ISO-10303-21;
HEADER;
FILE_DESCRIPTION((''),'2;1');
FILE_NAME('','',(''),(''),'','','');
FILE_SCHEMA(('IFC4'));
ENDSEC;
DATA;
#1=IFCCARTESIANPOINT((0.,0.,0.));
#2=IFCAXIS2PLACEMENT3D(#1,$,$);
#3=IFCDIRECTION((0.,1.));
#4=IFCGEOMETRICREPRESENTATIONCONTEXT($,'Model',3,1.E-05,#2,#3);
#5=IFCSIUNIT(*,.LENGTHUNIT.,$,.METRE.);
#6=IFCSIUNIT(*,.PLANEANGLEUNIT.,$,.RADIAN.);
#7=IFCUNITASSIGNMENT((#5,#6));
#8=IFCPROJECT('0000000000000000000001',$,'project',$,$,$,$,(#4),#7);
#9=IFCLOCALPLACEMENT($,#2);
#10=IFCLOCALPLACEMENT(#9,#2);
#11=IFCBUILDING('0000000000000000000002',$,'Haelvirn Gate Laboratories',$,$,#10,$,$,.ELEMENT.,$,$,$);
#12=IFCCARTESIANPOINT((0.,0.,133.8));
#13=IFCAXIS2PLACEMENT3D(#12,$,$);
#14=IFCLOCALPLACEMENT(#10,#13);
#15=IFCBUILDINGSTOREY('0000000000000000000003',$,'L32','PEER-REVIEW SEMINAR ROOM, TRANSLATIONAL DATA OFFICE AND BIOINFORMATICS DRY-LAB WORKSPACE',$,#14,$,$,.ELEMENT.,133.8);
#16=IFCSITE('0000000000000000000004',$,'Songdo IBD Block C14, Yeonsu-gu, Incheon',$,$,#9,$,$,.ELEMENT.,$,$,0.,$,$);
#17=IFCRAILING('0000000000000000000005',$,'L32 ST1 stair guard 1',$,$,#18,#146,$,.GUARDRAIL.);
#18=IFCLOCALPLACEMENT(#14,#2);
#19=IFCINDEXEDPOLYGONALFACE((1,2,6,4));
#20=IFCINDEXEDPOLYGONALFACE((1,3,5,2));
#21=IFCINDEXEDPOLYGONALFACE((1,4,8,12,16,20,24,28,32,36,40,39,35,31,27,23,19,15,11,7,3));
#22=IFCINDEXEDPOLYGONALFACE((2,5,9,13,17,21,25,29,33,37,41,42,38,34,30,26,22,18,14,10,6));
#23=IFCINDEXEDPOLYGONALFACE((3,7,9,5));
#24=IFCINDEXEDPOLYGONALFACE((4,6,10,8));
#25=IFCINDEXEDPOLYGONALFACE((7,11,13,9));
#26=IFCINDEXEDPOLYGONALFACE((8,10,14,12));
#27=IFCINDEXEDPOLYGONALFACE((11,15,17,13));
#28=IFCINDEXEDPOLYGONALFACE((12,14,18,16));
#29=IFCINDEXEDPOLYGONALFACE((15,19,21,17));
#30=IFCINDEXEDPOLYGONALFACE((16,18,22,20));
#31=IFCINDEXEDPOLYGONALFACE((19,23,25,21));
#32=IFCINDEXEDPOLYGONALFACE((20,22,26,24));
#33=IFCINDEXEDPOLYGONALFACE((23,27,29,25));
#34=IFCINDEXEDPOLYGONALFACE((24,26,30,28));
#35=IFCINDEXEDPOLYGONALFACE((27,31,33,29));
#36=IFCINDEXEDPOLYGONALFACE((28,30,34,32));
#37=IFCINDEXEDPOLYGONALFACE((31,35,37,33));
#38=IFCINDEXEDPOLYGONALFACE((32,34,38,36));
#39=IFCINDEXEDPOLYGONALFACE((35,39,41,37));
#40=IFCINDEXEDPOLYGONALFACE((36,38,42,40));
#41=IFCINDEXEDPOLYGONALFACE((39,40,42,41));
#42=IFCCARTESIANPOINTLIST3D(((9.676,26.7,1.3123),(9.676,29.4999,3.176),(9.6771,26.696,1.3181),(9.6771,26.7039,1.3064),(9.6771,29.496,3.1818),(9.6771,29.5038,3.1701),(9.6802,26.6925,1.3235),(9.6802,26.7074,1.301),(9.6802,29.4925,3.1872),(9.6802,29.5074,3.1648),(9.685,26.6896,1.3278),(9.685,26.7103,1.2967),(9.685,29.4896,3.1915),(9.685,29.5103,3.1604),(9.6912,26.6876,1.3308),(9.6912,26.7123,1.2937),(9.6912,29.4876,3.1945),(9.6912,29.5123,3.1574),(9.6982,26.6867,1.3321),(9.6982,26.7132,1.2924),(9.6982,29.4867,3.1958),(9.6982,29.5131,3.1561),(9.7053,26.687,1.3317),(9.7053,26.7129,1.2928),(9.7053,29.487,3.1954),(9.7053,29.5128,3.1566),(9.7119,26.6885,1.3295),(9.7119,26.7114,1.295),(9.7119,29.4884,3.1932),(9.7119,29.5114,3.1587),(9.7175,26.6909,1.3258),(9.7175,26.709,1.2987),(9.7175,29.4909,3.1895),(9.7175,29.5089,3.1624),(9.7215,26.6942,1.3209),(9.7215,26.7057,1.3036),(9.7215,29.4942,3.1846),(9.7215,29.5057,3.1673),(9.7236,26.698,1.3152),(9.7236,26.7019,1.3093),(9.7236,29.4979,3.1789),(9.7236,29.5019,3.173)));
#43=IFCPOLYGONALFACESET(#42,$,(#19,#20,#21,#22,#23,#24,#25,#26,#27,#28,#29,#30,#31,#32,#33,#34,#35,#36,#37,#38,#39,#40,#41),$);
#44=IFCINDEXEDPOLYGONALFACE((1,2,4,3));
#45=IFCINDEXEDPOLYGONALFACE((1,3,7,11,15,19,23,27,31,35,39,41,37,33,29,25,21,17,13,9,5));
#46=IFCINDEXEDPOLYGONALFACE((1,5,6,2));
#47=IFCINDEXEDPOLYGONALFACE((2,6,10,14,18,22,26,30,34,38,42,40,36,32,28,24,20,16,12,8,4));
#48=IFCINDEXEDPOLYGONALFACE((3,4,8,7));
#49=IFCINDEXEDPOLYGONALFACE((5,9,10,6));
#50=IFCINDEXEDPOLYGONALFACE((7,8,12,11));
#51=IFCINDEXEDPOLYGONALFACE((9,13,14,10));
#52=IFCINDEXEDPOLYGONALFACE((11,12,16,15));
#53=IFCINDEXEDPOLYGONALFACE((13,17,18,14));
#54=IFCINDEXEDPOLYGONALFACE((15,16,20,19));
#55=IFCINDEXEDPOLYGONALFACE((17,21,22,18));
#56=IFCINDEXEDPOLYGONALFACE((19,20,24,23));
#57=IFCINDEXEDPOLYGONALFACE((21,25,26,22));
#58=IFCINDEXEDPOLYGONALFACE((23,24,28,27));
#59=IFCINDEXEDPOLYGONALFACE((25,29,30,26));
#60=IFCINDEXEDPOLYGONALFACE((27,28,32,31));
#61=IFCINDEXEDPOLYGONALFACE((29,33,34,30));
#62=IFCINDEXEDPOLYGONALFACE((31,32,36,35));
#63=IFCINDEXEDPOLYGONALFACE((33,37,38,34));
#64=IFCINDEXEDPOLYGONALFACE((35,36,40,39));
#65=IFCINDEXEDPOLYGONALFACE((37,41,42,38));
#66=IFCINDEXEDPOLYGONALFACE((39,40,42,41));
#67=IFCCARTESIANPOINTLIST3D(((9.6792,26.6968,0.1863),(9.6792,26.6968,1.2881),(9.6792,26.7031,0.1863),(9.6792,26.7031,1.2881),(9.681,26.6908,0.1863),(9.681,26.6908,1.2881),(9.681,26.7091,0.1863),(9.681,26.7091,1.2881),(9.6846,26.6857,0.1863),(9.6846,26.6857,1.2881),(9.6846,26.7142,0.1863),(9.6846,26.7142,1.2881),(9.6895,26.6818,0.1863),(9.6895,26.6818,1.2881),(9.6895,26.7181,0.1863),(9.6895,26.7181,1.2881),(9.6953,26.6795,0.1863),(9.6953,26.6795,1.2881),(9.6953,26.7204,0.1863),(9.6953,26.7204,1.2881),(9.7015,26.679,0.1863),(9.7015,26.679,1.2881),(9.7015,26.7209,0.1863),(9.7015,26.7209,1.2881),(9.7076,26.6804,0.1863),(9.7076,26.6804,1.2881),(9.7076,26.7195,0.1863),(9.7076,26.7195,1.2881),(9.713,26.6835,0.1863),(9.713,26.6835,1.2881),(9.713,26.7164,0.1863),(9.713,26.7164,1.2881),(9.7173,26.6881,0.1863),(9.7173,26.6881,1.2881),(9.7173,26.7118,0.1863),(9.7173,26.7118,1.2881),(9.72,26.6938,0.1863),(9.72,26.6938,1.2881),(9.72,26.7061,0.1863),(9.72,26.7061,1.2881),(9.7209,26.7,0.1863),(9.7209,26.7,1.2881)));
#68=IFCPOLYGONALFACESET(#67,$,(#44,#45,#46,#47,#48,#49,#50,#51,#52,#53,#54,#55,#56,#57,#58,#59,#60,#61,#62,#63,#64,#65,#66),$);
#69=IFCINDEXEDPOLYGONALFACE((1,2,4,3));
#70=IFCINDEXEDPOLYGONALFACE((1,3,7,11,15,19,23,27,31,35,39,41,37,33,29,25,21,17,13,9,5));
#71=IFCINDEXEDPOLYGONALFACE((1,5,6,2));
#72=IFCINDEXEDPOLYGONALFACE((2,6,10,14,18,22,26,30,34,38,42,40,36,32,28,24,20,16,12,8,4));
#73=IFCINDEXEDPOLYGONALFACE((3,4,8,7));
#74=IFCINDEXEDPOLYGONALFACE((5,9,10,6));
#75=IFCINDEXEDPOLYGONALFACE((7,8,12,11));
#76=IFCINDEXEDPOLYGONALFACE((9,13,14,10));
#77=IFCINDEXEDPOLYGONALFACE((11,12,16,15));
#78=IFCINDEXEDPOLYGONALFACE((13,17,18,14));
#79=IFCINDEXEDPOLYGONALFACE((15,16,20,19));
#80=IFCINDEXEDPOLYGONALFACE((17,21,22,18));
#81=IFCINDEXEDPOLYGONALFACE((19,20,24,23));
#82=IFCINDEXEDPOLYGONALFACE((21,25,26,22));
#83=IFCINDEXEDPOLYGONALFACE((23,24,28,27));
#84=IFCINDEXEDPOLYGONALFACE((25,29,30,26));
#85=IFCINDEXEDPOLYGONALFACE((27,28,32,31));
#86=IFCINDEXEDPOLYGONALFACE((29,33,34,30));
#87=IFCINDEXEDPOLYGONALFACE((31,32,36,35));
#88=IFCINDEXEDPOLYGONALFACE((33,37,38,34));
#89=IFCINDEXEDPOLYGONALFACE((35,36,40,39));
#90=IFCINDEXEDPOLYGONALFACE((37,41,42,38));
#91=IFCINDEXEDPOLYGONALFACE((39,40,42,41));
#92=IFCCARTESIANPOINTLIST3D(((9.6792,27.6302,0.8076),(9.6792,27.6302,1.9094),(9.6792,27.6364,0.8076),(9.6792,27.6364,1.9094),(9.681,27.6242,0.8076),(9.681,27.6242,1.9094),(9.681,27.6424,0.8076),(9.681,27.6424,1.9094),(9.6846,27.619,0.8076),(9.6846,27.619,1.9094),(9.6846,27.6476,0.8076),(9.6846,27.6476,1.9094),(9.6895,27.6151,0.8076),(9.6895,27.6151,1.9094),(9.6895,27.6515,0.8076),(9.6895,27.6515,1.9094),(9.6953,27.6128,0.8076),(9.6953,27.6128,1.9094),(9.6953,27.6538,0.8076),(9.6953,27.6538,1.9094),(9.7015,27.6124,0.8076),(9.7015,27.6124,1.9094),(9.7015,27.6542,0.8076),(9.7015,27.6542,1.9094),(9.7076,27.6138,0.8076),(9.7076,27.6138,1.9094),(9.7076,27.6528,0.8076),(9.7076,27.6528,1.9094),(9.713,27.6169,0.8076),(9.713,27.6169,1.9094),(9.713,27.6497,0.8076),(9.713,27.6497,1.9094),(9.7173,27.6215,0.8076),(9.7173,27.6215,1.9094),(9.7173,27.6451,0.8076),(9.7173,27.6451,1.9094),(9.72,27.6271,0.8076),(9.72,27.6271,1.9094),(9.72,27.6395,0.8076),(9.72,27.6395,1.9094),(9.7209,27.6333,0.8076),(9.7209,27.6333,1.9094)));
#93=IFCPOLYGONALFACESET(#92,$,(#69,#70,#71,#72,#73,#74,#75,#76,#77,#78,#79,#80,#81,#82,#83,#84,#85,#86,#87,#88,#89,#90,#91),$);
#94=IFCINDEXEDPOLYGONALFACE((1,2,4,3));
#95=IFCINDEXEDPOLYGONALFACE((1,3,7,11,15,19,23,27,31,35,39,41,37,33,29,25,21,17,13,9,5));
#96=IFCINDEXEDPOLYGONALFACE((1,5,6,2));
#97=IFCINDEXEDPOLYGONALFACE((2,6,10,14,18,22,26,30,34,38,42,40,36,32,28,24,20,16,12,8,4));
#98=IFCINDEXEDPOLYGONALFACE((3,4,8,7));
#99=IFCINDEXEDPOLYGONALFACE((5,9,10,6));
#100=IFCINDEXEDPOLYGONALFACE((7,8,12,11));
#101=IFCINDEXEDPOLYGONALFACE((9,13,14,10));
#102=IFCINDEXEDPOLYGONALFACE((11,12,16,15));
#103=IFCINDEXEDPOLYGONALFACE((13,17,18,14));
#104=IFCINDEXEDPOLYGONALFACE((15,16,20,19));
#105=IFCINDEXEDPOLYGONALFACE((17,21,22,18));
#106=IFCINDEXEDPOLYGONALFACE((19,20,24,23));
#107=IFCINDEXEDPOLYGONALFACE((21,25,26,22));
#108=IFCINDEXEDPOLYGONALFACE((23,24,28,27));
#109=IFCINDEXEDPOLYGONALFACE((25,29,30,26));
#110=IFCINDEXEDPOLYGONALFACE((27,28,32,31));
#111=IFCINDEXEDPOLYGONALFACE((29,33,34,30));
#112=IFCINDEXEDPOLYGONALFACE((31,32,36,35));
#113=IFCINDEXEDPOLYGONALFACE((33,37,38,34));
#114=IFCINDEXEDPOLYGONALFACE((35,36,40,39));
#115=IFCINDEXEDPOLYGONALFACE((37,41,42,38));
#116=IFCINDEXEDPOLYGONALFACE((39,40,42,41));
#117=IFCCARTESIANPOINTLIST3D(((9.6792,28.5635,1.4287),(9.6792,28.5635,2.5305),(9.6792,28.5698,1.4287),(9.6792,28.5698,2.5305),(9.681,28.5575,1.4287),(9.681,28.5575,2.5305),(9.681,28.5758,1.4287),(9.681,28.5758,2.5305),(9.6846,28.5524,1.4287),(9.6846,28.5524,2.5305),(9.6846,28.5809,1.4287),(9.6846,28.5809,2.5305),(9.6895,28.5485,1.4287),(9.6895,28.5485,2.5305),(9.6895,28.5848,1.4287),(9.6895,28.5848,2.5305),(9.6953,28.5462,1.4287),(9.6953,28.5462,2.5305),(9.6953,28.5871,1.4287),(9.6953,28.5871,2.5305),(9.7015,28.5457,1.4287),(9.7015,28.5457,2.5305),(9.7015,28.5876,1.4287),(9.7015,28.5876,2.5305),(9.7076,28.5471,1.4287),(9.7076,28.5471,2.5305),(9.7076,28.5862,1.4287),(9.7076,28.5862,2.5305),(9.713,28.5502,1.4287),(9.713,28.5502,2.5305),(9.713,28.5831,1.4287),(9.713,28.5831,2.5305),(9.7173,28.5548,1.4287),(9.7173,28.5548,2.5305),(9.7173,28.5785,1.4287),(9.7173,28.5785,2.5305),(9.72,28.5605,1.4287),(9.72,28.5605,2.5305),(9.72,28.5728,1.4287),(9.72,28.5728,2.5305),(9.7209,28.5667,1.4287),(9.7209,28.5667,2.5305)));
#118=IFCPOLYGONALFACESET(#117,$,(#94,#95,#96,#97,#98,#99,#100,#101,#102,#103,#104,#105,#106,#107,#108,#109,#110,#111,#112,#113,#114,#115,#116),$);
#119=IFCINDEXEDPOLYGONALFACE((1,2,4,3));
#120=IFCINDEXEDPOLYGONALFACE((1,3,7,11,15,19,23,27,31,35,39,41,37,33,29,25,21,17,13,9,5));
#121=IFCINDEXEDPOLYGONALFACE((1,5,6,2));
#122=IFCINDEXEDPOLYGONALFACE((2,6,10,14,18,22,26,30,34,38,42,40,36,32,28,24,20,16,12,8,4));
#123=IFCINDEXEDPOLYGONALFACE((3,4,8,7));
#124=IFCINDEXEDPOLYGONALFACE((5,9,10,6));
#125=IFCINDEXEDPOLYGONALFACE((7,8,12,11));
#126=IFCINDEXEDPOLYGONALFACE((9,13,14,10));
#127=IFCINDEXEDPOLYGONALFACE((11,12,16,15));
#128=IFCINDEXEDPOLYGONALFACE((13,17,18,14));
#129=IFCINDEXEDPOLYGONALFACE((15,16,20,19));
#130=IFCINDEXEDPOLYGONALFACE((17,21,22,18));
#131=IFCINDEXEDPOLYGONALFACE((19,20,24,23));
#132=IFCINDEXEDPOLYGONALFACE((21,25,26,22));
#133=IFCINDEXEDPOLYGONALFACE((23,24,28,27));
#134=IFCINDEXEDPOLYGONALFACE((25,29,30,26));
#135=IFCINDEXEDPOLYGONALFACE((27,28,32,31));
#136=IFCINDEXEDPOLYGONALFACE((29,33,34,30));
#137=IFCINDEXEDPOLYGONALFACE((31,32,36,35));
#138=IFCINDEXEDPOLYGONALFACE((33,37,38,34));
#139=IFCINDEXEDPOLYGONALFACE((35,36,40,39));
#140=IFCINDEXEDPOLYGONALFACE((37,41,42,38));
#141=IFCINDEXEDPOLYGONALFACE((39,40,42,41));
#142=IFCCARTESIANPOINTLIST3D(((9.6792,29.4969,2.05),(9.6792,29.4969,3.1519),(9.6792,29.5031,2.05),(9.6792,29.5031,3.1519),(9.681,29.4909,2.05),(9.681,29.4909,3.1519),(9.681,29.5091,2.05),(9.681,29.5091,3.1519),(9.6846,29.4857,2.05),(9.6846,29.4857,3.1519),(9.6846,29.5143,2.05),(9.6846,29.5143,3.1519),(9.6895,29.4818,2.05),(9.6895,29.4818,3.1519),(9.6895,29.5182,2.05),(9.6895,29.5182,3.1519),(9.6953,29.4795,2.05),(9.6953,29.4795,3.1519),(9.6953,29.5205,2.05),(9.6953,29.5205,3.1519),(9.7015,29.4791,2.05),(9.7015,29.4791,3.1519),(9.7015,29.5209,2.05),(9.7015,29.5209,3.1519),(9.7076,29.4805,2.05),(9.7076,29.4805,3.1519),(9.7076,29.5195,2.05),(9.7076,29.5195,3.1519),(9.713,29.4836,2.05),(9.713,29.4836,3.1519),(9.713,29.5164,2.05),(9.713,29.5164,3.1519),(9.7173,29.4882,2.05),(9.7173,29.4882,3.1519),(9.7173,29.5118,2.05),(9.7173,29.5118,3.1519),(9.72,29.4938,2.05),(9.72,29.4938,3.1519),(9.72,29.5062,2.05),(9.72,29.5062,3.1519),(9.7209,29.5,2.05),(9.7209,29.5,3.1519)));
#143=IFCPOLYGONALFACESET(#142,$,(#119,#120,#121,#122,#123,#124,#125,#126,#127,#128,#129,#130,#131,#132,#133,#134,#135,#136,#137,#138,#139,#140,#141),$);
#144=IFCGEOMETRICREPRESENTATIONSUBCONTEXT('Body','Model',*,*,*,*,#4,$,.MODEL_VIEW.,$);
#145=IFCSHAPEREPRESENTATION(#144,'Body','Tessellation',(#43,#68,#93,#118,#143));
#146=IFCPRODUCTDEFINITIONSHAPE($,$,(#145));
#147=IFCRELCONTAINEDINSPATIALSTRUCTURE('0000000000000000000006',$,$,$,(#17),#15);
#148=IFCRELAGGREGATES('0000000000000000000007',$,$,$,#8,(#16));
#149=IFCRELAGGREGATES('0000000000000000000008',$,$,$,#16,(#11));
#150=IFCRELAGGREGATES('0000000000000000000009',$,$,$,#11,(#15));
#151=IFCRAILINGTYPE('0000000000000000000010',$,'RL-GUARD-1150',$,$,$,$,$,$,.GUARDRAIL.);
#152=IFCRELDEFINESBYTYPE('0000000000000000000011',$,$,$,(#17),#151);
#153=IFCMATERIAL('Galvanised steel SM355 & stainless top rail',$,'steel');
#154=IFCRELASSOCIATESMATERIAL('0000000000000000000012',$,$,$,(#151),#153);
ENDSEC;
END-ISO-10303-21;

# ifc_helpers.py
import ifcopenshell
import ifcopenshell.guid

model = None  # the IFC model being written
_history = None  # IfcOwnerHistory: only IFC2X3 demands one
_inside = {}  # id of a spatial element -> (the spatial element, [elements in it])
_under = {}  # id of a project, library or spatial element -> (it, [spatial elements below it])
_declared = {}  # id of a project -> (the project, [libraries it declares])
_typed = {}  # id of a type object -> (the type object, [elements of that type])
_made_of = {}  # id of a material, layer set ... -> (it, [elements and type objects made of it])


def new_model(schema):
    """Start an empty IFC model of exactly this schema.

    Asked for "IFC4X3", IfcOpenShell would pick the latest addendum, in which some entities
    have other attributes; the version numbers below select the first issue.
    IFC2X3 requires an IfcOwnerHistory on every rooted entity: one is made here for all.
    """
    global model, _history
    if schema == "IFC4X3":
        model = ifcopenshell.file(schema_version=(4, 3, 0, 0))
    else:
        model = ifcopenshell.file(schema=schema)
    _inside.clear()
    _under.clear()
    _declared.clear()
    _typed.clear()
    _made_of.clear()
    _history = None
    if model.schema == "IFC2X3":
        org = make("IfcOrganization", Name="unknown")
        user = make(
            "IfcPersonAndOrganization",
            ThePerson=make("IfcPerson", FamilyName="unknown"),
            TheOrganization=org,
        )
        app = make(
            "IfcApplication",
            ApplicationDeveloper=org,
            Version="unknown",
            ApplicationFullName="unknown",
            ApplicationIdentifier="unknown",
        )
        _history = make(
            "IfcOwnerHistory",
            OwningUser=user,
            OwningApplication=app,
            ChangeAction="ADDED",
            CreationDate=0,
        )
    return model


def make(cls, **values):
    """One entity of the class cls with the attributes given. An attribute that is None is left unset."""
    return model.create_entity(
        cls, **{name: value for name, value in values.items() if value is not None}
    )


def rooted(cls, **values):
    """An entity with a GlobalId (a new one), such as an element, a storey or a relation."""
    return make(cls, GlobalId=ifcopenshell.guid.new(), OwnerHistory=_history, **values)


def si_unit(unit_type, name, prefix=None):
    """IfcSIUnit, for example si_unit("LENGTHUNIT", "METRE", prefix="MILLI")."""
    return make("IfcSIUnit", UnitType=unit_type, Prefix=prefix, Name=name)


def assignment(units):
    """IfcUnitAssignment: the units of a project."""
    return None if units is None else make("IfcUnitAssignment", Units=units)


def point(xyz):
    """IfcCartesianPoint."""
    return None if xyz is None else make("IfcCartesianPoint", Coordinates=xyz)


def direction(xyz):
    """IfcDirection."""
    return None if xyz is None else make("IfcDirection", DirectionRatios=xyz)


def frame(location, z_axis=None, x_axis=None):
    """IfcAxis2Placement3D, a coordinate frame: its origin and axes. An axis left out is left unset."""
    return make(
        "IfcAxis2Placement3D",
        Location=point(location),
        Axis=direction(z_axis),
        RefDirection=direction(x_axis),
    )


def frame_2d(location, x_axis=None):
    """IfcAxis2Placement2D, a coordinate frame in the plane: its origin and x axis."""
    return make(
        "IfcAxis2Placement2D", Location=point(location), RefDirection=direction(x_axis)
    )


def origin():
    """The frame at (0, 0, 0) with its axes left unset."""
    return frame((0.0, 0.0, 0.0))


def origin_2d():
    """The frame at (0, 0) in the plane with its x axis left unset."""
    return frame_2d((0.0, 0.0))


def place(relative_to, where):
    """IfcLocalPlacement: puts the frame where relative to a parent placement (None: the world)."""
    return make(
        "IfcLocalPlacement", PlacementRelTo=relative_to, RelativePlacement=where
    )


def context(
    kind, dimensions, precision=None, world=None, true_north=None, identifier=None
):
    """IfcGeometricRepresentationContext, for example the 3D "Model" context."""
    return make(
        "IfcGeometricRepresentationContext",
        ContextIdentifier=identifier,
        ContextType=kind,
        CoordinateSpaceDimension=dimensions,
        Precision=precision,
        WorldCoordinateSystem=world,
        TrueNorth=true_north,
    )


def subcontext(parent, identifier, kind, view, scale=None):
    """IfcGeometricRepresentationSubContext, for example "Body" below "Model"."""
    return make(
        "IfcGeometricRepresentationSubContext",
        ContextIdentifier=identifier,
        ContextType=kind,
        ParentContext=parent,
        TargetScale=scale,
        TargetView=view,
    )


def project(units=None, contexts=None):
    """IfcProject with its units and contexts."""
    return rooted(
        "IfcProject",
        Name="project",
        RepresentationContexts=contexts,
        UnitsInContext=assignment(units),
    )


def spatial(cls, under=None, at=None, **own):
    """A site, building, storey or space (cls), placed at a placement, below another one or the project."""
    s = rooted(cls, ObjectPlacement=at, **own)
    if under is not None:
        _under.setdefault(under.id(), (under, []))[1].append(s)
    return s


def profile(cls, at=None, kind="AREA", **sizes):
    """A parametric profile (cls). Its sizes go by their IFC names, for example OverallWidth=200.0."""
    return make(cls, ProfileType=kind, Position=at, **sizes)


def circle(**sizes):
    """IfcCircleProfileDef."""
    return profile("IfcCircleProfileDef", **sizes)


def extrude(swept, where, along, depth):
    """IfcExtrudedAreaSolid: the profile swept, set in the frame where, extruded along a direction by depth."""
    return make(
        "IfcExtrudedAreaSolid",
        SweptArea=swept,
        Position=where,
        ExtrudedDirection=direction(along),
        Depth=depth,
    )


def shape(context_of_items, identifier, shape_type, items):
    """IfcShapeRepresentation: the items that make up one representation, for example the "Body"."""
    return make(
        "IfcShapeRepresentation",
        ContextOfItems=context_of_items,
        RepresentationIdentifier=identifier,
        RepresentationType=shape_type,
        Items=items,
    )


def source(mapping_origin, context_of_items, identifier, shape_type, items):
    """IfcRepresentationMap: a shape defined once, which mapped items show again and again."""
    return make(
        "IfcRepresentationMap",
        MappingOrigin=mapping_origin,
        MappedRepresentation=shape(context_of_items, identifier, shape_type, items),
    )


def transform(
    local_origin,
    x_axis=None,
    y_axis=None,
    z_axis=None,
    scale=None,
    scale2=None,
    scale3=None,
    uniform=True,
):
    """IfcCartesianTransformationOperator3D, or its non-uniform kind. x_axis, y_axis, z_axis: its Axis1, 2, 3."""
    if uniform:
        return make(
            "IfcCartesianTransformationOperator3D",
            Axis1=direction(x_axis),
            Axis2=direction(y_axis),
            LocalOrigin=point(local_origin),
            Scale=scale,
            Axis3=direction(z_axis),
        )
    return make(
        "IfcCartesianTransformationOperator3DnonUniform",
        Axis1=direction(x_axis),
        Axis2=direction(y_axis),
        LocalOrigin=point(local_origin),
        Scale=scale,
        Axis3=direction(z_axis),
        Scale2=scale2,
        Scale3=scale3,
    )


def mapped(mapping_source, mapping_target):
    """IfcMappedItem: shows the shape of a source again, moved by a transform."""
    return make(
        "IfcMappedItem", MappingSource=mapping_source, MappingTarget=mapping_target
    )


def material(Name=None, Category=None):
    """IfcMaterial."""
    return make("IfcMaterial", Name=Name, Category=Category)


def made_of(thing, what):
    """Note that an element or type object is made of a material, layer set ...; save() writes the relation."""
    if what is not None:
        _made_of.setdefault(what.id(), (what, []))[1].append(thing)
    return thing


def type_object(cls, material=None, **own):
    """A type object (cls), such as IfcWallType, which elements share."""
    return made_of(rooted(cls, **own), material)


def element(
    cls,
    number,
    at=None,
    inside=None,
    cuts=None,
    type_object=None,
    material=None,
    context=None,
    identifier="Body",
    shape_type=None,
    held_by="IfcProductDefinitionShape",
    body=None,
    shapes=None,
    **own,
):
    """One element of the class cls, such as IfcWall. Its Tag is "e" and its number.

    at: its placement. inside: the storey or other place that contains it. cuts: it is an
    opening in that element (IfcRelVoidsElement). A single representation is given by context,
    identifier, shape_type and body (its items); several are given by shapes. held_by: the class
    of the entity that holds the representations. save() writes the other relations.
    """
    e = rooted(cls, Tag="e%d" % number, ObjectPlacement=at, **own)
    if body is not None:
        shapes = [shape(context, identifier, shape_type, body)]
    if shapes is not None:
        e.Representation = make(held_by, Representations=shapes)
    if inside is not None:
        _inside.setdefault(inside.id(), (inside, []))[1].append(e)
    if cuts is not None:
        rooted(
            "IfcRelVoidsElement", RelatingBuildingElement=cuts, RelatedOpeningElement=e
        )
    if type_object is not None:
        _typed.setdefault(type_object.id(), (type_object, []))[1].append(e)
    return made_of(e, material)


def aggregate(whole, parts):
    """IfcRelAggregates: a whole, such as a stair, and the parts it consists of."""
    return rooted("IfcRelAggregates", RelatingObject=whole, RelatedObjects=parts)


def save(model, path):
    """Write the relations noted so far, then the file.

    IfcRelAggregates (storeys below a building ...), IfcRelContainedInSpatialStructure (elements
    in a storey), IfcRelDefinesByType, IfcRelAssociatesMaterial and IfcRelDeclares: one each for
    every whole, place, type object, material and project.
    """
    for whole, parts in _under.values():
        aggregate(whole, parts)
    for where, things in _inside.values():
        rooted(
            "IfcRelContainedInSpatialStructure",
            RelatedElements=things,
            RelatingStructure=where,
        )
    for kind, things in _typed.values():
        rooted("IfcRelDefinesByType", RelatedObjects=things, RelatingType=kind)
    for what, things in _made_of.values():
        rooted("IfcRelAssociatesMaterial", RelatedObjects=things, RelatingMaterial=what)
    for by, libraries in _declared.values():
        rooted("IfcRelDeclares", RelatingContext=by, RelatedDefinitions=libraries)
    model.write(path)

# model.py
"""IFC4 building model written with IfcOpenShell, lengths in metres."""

from ifc_helpers import new_model, si_unit, direction, frame, origin, origin_2d, place, context, subcontext, project, spatial, circle, extrude, source, transform, mapped, material, type_object, element, save


model = new_model("IFC4")

# Units and contexts
model_context = context("Model", 3, precision=1e-05, world=origin(), true_north=direction((0.0, 1.0)))
body_context = subcontext(model_context, "Body", "Model", "MODEL_VIEW")
ifc_project = project(units=[si_unit("LENGTHUNIT", "METRE"), si_unit("PLANEANGLEUNIT", "RADIAN")], contexts=[model_context])

# Site, building, storey
site_placement = place(None, origin())
site = spatial("IfcSite", under=ifc_project, at=site_placement, Name="Songdo IBD Block C14, Yeonsu-gu, Incheon", CompositionType="ELEMENT", RefElevation=0.0)
building_placement = place(site_placement, origin())
building = spatial("IfcBuilding", under=site, at=building_placement, Name="Haelvirn Gate Laboratories", CompositionType="ELEMENT")
storey_placement = place(building_placement, frame((0.0, 0.0, 133.8)))
storey = spatial("IfcBuildingStorey", under=building, at=storey_placement, Name="L32", Description="PEER-REVIEW SEMINAR ROOM, TRANSLATIONAL DATA OFFICE AND BIOINFORMATICS DRY-LAB WORKSPACE", CompositionType="ELEMENT", Elevation=133.8)

# Railing
ifc_material_1 = material(Name="Galvanised steel SM355 & stainless top rail", Category="steel")
railing_type_1 = type_object("IfcRailingType", Name="RL-GUARD-1150", PredefinedType="GUARDRAIL", material=ifc_material_1)
shared_shape_1 = source(origin(), body_context, "Body", "SweptSolid", [
    extrude(circle(Radius=0.0239, at=origin_2d()), frame((0.0, 0.0, 1.126), z_axis=(0.0, 0.832452, 0.554097), x_axis=(-1.0, 0.0, 0.0)), (0.0, 0.0, 1.0), 3.3635),
    extrude(circle(Radius=0.021, at=origin_2d()), origin(), (0.0, 0.0, 1.0), 1.1018),
    extrude(circle(Radius=0.021, at=origin_2d()), frame((0.0, 0.9333, 0.6213)), (0.0, 0.0, 1.0), 1.1018),
    extrude(circle(Radius=0.021, at=origin_2d()), frame((0.0, 1.8667, 1.2424)), (0.0, 0.0, 1.0), 1.1018),
    extrude(circle(Radius=0.021, at=origin_2d()), frame((0.0, 2.8, 1.8638)), (0.0, 0.0, 1.0), 1.1018),
])
railing_1_placement = place(storey_placement, frame((9.7, 26.7, 0.1863)))
element("IfcRailing", 1, at=railing_1_placement, inside=storey, type_object=railing_type_1, Name="L32 ST1 stair guard 1", PredefinedType="GUARDRAIL", context=body_context, shape_type="MappedRepresentation", body=[
    mapped(shared_shape_1, transform((0.0, 0.0, 0.0), scale=1.0)),
])

save(model, "model.ifc")
